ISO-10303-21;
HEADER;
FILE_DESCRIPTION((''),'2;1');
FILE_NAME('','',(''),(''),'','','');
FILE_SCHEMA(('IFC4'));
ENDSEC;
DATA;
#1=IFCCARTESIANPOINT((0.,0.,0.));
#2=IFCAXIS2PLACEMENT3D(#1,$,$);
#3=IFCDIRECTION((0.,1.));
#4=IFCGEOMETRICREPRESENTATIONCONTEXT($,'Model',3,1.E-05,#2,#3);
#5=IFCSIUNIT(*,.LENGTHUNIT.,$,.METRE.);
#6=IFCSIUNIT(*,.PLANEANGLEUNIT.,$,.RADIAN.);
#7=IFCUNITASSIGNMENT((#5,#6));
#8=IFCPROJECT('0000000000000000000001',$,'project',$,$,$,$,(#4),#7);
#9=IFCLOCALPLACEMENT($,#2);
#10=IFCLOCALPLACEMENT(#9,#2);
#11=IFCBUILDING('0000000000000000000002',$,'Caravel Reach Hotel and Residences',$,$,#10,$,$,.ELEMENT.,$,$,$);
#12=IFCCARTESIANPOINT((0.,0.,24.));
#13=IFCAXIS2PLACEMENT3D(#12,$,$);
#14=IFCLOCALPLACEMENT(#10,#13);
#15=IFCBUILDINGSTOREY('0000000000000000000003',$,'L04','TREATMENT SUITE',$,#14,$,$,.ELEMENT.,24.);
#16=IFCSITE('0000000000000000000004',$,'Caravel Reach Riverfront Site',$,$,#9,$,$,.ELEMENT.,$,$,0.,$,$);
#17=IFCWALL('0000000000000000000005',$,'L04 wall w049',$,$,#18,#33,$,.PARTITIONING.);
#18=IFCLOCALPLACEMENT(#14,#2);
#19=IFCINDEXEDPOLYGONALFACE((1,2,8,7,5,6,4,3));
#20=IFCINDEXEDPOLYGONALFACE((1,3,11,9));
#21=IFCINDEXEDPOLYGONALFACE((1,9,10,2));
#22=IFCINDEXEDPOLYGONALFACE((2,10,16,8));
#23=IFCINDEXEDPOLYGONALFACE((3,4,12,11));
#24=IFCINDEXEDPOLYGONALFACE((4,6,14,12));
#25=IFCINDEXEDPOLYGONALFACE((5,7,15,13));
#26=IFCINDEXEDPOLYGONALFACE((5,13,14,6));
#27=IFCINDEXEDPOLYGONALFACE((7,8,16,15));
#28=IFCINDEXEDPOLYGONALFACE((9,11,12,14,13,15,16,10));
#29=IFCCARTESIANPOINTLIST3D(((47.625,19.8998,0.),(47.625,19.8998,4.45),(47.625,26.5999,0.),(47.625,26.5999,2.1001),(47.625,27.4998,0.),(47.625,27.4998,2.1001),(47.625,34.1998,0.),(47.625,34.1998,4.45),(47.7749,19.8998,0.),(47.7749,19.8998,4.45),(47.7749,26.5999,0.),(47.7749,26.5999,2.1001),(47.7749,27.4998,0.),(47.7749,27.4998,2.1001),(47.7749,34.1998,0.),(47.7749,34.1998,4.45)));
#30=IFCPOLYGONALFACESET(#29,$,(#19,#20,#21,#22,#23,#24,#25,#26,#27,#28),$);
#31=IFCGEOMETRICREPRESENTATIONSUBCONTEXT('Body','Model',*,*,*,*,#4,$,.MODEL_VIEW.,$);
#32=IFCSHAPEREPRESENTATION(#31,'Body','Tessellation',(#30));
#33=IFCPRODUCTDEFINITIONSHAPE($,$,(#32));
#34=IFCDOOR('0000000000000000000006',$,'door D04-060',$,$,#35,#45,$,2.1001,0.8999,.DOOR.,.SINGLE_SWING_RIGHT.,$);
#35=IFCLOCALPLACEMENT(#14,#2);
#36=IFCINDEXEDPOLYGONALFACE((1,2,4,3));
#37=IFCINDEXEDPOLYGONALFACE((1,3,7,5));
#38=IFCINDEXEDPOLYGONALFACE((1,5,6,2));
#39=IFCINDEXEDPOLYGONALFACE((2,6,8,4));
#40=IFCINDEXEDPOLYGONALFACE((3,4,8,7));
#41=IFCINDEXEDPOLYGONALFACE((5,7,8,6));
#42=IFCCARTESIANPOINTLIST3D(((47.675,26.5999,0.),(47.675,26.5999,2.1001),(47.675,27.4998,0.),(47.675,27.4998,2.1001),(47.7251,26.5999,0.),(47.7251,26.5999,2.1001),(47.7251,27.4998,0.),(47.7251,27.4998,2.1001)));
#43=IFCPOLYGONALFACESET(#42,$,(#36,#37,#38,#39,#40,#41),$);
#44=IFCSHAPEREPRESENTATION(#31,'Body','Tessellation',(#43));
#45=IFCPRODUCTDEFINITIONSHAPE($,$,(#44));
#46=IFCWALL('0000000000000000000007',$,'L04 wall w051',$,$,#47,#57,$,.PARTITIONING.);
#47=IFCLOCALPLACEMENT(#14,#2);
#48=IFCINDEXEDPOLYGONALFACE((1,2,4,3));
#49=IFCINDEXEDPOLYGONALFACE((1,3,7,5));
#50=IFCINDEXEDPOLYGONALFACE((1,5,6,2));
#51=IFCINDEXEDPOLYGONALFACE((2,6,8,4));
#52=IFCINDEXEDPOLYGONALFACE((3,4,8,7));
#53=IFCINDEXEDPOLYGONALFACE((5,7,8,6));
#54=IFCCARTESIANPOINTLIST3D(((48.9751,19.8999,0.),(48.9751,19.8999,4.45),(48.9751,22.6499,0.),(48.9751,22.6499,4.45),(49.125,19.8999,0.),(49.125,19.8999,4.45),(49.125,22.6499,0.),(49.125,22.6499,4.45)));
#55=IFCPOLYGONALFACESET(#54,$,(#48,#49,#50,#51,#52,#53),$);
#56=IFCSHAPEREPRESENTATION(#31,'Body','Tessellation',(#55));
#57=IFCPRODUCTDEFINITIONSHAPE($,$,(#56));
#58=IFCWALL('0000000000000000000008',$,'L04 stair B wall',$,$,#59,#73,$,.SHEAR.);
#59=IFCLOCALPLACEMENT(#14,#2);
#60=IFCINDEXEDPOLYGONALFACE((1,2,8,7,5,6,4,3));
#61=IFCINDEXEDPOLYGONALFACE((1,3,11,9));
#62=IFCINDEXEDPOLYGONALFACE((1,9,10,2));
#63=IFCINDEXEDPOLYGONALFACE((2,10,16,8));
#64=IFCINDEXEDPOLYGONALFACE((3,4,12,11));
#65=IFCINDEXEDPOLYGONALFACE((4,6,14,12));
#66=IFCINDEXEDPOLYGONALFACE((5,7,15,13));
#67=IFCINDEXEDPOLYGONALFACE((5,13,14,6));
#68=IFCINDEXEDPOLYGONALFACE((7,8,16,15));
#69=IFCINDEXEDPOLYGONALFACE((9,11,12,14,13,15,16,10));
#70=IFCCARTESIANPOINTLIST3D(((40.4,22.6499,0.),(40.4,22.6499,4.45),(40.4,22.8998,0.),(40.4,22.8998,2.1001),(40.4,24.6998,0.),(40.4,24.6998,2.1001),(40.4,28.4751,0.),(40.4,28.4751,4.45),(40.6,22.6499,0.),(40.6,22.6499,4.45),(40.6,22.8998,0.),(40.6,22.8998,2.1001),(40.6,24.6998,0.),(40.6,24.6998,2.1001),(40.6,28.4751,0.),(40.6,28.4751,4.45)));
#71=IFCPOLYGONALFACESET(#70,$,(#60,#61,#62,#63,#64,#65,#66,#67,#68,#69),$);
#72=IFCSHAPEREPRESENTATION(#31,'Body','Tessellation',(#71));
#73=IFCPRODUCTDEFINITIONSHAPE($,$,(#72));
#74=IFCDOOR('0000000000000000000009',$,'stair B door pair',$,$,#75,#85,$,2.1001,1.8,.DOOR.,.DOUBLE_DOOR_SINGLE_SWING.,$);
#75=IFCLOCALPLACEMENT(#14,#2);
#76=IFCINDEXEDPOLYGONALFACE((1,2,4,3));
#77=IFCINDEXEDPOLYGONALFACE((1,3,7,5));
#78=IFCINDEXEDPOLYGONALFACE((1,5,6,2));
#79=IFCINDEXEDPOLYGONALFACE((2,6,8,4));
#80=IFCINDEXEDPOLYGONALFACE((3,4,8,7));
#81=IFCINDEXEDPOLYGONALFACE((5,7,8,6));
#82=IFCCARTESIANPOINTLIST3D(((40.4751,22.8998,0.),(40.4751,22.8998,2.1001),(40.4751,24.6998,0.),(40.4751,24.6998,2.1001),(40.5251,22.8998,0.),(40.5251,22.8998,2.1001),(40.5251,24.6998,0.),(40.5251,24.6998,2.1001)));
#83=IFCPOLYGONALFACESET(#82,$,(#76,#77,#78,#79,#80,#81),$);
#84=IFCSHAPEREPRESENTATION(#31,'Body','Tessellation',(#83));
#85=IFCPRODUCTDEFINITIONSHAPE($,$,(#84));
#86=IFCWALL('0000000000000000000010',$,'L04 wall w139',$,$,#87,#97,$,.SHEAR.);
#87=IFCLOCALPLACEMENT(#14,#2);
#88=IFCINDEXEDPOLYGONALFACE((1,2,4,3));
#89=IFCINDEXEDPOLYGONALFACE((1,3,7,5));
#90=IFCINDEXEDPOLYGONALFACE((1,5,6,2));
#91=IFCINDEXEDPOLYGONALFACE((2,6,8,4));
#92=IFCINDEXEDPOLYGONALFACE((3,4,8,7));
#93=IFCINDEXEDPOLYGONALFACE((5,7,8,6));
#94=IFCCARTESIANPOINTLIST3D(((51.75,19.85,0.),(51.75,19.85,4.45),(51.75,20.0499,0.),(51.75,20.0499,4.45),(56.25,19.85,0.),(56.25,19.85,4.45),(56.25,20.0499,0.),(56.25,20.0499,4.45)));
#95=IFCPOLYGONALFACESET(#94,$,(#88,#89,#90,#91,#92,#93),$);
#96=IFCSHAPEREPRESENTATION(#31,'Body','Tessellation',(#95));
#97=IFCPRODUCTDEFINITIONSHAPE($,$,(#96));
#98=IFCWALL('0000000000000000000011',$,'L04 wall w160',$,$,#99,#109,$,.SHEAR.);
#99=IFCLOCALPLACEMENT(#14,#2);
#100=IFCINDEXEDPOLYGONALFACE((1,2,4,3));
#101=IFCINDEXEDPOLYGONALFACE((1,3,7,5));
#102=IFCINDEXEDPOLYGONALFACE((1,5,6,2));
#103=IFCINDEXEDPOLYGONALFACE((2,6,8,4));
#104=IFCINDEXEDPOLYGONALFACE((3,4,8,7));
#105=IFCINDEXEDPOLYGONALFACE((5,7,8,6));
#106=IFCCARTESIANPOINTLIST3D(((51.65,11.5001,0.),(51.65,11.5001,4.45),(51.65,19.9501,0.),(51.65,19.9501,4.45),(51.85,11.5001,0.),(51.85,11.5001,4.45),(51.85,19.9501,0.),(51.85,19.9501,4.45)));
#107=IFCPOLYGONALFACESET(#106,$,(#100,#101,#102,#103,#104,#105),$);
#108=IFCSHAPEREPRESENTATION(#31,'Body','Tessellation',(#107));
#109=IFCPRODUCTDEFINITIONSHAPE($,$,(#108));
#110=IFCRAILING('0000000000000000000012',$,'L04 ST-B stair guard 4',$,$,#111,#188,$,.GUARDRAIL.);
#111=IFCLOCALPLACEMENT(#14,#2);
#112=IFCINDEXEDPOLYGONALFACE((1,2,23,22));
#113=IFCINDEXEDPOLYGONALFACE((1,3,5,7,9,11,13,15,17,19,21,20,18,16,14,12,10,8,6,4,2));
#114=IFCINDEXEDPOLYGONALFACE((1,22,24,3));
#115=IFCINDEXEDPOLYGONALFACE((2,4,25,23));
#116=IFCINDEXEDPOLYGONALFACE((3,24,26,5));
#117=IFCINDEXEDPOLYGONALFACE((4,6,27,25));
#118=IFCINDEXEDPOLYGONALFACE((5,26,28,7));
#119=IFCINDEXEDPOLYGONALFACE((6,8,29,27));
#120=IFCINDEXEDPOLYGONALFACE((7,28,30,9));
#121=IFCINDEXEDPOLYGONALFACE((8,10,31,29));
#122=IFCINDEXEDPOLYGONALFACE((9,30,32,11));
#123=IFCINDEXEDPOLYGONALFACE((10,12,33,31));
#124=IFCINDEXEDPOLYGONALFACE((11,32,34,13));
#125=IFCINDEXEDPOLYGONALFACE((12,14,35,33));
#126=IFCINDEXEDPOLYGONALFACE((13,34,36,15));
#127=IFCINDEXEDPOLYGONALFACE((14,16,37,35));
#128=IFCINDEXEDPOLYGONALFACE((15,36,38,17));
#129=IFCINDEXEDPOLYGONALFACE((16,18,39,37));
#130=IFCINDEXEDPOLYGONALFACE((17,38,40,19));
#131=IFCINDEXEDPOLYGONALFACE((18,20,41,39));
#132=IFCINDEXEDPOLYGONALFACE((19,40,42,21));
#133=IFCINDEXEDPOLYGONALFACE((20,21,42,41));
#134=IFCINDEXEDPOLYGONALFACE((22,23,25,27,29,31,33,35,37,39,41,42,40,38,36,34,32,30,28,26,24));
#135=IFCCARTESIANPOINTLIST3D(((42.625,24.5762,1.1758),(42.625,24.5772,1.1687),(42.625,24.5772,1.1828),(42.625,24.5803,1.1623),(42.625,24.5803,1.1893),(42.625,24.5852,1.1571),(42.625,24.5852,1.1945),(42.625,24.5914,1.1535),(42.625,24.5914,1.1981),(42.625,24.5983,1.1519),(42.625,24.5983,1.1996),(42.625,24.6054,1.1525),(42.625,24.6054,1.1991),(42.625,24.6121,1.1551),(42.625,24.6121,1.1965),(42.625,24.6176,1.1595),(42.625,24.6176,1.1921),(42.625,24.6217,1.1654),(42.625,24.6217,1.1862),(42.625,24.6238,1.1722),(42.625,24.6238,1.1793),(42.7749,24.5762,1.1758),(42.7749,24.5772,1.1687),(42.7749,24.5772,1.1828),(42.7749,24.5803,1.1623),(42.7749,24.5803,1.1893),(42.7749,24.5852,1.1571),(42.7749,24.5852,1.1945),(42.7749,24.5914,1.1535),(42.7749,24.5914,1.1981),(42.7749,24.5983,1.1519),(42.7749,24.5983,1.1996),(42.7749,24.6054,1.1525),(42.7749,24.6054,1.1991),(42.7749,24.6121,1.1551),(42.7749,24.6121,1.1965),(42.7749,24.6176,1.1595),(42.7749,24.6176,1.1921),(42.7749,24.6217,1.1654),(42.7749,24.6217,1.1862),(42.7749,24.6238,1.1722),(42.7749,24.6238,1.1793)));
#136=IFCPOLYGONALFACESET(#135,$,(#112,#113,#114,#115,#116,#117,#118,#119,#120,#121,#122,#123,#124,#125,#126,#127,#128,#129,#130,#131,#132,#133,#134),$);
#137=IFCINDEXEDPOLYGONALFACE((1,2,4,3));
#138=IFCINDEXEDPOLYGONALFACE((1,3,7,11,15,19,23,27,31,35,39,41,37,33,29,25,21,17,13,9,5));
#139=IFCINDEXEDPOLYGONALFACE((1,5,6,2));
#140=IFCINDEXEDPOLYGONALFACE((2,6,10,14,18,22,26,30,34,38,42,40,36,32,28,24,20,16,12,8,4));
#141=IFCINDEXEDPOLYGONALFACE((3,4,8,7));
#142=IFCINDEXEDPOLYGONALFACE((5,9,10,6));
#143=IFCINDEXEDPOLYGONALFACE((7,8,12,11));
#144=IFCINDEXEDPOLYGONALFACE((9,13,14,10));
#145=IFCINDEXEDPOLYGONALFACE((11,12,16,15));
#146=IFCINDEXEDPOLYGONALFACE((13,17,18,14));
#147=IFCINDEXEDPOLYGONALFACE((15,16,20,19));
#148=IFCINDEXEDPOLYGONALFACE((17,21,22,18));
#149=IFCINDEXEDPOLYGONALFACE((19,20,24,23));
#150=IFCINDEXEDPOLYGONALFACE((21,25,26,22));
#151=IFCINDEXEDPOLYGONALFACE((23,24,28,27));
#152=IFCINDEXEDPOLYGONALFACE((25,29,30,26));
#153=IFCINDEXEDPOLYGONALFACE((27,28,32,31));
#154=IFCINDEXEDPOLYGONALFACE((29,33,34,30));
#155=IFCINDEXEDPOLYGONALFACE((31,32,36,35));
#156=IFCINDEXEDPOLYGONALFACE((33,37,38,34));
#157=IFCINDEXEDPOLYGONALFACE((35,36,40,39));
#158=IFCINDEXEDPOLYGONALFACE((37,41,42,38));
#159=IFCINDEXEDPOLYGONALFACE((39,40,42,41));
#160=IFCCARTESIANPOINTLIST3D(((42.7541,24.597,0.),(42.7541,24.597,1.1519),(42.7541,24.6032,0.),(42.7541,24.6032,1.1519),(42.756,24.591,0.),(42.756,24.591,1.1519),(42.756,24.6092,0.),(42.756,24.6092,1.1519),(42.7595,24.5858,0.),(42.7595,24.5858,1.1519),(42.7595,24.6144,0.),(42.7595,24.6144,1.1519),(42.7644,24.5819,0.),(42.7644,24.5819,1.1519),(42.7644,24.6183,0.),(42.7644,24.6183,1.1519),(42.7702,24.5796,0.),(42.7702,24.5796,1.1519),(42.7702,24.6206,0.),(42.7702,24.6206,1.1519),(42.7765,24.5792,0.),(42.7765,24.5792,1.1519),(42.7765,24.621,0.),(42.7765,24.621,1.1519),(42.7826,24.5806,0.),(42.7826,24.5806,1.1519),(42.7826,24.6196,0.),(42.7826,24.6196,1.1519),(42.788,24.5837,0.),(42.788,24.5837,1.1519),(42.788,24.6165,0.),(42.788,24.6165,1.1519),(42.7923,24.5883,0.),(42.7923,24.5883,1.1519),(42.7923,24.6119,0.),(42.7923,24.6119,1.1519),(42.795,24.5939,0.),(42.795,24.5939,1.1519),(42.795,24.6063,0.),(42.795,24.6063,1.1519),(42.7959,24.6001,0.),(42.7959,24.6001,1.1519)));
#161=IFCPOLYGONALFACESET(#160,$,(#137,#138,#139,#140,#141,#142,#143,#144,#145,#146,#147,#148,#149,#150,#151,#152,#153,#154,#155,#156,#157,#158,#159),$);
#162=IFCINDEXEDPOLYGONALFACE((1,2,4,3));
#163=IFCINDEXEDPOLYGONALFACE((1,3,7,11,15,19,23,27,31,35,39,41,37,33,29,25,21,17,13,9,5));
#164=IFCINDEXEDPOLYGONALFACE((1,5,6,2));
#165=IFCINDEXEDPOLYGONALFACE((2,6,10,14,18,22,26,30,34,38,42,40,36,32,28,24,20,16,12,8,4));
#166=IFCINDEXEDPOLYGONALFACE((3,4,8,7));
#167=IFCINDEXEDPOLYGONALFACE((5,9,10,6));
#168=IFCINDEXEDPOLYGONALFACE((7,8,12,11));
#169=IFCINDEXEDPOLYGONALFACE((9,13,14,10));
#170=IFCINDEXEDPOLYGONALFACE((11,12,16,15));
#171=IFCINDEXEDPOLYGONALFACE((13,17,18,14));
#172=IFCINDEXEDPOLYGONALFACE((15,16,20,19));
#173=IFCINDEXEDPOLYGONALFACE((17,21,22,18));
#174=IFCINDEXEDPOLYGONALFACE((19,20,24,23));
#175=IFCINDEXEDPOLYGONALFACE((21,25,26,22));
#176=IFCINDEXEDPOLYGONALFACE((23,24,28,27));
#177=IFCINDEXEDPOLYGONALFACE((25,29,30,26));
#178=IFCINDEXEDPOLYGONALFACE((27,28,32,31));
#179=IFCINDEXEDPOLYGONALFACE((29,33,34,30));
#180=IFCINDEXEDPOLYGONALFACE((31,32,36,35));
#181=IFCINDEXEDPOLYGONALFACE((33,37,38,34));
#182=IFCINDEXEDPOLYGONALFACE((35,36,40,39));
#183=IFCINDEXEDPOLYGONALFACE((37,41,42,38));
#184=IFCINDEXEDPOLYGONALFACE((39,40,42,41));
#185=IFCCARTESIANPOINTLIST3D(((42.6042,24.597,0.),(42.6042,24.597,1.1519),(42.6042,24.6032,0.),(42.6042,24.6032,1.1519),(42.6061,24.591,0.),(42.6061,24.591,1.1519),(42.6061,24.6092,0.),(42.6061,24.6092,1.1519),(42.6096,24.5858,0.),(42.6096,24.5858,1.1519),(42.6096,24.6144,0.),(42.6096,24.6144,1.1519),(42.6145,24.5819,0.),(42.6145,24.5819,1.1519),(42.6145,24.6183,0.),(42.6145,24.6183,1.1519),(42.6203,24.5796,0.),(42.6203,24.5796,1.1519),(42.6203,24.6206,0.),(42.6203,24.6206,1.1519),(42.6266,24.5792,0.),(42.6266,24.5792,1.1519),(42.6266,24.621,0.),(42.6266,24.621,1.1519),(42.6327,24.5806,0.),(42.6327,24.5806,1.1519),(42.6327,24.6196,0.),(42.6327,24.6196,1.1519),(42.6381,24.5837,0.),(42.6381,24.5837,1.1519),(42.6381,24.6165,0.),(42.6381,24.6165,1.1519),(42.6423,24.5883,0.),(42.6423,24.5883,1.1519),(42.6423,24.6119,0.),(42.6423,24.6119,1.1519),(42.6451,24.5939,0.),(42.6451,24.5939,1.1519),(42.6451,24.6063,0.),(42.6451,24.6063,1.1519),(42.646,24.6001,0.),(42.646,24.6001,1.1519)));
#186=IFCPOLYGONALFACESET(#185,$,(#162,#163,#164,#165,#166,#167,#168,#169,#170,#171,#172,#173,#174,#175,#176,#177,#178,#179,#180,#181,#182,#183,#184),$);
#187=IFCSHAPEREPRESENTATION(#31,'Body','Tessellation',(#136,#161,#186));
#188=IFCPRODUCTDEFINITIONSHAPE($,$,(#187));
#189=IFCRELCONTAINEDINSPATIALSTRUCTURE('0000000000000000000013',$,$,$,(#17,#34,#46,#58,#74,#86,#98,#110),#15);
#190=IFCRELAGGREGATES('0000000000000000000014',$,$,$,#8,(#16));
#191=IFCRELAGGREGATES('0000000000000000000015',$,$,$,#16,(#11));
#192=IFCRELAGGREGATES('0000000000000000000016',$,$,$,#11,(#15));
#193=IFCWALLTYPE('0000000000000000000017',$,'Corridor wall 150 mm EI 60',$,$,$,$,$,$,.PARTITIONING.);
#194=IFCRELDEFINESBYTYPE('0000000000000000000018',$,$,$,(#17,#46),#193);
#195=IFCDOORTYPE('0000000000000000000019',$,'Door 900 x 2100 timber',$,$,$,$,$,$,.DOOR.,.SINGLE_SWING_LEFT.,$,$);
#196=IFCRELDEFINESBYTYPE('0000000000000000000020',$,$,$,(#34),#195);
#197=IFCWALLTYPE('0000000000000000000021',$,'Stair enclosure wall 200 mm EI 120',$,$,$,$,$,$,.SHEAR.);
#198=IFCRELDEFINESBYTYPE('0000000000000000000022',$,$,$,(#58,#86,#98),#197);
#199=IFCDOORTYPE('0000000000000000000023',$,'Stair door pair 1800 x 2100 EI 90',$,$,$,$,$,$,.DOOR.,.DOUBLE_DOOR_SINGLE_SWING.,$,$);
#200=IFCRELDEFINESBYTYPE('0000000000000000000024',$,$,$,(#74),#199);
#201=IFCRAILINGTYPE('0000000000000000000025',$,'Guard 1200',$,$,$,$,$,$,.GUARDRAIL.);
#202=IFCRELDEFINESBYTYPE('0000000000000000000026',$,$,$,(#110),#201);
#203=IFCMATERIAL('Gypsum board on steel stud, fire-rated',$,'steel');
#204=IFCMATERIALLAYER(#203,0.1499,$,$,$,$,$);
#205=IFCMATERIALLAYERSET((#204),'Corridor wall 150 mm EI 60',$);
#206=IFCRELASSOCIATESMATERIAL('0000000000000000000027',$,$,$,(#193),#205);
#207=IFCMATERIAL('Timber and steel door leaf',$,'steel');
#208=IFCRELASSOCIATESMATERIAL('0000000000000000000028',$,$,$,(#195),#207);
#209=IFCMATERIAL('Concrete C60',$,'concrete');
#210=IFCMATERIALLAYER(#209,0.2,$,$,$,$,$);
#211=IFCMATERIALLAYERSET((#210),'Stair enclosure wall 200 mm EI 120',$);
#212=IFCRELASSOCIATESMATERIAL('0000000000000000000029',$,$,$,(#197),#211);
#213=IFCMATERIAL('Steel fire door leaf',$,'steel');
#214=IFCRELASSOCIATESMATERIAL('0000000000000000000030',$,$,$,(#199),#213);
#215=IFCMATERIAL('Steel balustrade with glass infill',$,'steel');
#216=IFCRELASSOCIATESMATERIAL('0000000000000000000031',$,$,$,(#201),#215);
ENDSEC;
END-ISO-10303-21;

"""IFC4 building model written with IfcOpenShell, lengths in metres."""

from ifc_helpers import new_model, si_unit, direction, frame, frame_2d, origin, origin_2d, place, context, subcontext, project, spatial, rectangle, circle, extrude, material, layer, layer_set, type_object, element, fill, save


model = new_model("IFC4")

# Units and contexts
model_context = context("Model", 3, precision=1e-05, world=origin(), true_north=direction((0.0, 1.0)))
body_context = subcontext(model_context, "Body", "Model", "MODEL_VIEW")
ifc_project = project(units=[si_unit("LENGTHUNIT", "METRE"), si_unit("PLANEANGLEUNIT", "RADIAN")], contexts=[model_context])

# Site, building, storey
site_placement = place(None, origin())
site = spatial("IfcSite", under=ifc_project, at=site_placement, Name="Caravel Reach Riverfront Site", CompositionType="ELEMENT", RefElevation=0.0)
building_placement = place(site_placement, origin())
building = spatial("IfcBuilding", under=site, at=building_placement, Name="Caravel Reach Hotel and Residences", CompositionType="ELEMENT")
storey_placement = place(building_placement, frame((0.0, 0.0, 24.0)))
storey = spatial("IfcBuildingStorey", under=building, at=storey_placement, Name="L04", Description="TREATMENT SUITE", CompositionType="ELEMENT", Elevation=24.0)

# Shared definitions
ifc_material_1 = material(Name="Gypsum board on steel stud, fire-rated", Category="steel")
ifc_layer_1 = layer(ifc_material_1, 0.1499)
ifc_layer_set_1 = layer_set([ifc_layer_1], Name="Corridor wall 150 mm EI 60")
wall_type_1 = type_object("IfcWallType", Name="Corridor wall 150 mm EI 60", PredefinedType="PARTITIONING", material=ifc_layer_set_1)

# Wall, opening, door
ifc_material_2 = material(Name="Timber and steel door leaf", Category="steel")
door_type_1 = type_object("IfcDoorType", Name="Door 900 x 2100 timber", OperationType="SINGLE_SWING_LEFT", PredefinedType="DOOR", material=ifc_material_2)
wall_1_placement = place(storey_placement, frame((47.7, 19.8999, 0.0), z_axis=(0.0, 0.0, 1.0), x_axis=(0.0, 1.0, 0.0)))
wall_1 = element("IfcWall", 1, at=wall_1_placement, inside=storey, type_object=wall_type_1, Name="L04 wall w049", PredefinedType="PARTITIONING", context=body_context, shape_type="SweptSolid", body=[
    extrude(rectangle(XDim=14.3, YDim=0.1499, at=frame_2d((7.1499, 0.0))), origin(), (0.0, 0.0, 1.0), 4.45),
])
opening_1_placement = place(wall_1_placement, frame((6.7, 0.0, 0.0)))
opening_1 = element("IfcOpeningElement", 2, at=opening_1_placement, cuts=wall_1, PredefinedType="OPENING", context=body_context, shape_type="SweptSolid", body=[
    extrude(rectangle(XDim=0.8999, YDim=2.1001, at=frame_2d((0.45, 1.05))), frame((0.0, 0.085, 0.0), z_axis=(0.0, -1.0, 0.0), x_axis=(1.0, 0.0, 0.0)), (0.0, 0.0, 1.0), 0.1699),
])
door_1_placement = place(opening_1_placement, origin())
door_1 = element("IfcDoor", 3, at=door_1_placement, inside=storey, type_object=door_type_1, Name="door D04-060", OperationType="SINGLE_SWING_RIGHT", OverallHeight=2.1001, OverallWidth=0.8999, PredefinedType="DOOR", context=body_context, shape_type="SweptSolid", body=[
    extrude(rectangle(XDim=0.8999, YDim=2.1001, at=frame_2d((0.45, 1.05))), frame((0.0, 0.0249, 0.0), z_axis=(0.0, -1.0, 0.0), x_axis=(1.0, 0.0, 0.0)), (0.0, 0.0, 1.0), 0.05),
])
fill(opening_1, door_1)

# Wall
wall_2_placement = place(storey_placement, frame((49.05, 19.8999, 0.0), z_axis=(0.0, 0.0, 1.0), x_axis=(0.0, 1.0, 0.0)))
element("IfcWall", 4, at=wall_2_placement, inside=storey, type_object=wall_type_1, Name="L04 wall w051", PredefinedType="PARTITIONING", context=body_context, shape_type="SweptSolid", body=[
    extrude(rectangle(XDim=2.75, YDim=0.1499, at=frame_2d((1.375, 0.0))), origin(), (0.0, 0.0, 1.0), 4.45),
])

# Wall, opening, door
ifc_material_3 = material(Name="Concrete C60", Category="concrete")
ifc_layer_2 = layer(ifc_material_3, 0.2)
ifc_layer_set_2 = layer_set([ifc_layer_2], Name="Stair enclosure wall 200 mm EI 120")
wall_type_2 = type_object("IfcWallType", Name="Stair enclosure wall 200 mm EI 120", PredefinedType="SHEAR", material=ifc_layer_set_2)
wall_3_placement = place(storey_placement, frame((40.5, 22.6499, 0.0), z_axis=(0.0, 0.0, 1.0), x_axis=(0.0, 1.0, 0.0)))
wall_3 = element("IfcWall", 5, at=wall_3_placement, inside=storey, type_object=wall_type_2, Name="L04 stair B wall", PredefinedType="SHEAR", context=body_context, shape_type="SweptSolid", body=[
    extrude(rectangle(XDim=5.8252, YDim=0.2, at=frame_2d((2.9126, 0.0))), origin(), (0.0, 0.0, 1.0), 4.45),
])
opening_2_placement = place(wall_3_placement, frame((0.25, 0.0, 0.0)))
opening_2 = element("IfcOpeningElement", 6, at=opening_2_placement, cuts=wall_3, PredefinedType="OPENING", context=body_context, shape_type="SweptSolid", body=[
    extrude(rectangle(XDim=1.8, YDim=2.1001, at=frame_2d((0.8999, 1.05))), frame((0.0, 0.1099, 0.0), z_axis=(0.0, -1.0, 0.0), x_axis=(1.0, 0.0, 0.0)), (0.0, 0.0, 1.0), 0.22),
])
ifc_material_4 = material(Name="Steel fire door leaf", Category="steel")
door_type_2 = type_object("IfcDoorType", Name="Stair door pair 1800 x 2100 EI 90", OperationType="DOUBLE_DOOR_SINGLE_SWING", PredefinedType="DOOR", material=ifc_material_4)
door_2_placement = place(opening_2_placement, origin())
door_2 = element("IfcDoor", 7, at=door_2_placement, inside=storey, type_object=door_type_2, Name="stair B door pair", OperationType="DOUBLE_DOOR_SINGLE_SWING", OverallHeight=2.1001, OverallWidth=1.8, PredefinedType="DOOR", context=body_context, shape_type="SweptSolid", body=[
    extrude(rectangle(XDim=1.8, YDim=2.1001, at=frame_2d((0.8999, 1.05))), frame((0.0, 0.0249, 0.0), z_axis=(0.0, -1.0, 0.0), x_axis=(1.0, 0.0, 0.0)), (0.0, 0.0, 1.0), 0.05),
])
fill(opening_2, door_2)

# Walls
wall_4_placement = place(storey_placement, frame((51.75, 19.95, 0.0), z_axis=(0.0, 0.0, 1.0), x_axis=(1.0, 0.0, 0.0)))
element("IfcWall", 8, at=wall_4_placement, inside=storey, type_object=wall_type_2, Name="L04 wall w139", PredefinedType="SHEAR", context=body_context, shape_type="SweptSolid", body=[
    extrude(rectangle(XDim=4.5, YDim=0.2, at=frame_2d((2.25, 0.0))), origin(), (0.0, 0.0, 1.0), 4.45),
])
wall_5_placement = place(storey_placement, frame((51.75, 11.5, 0.0), z_axis=(0.0, 0.0, 1.0), x_axis=(0.0, 1.0, 0.0)))
element("IfcWall", 9, at=wall_5_placement, inside=storey, type_object=wall_type_2, Name="L04 wall w160", PredefinedType="SHEAR", context=body_context, shape_type="SweptSolid", body=[
    extrude(rectangle(XDim=8.45, YDim=0.2, at=frame_2d((4.2251, 0.0))), origin(), (0.0, 0.0, 1.0), 4.45),
])

# Railing
ifc_material_5 = material(Name="Steel balustrade with glass infill", Category="steel")
railing_type_1 = type_object("IfcRailingType", Name="Guard 1200", PredefinedType="GUARDRAIL", material=ifc_material_5)
railing_1_placement = place(storey_placement, frame((42.7749, 24.6001, 0.0)))
element("IfcRailing", 10, at=railing_1_placement, inside=storey, type_object=railing_type_1, Name="L04 ST-B stair guard 4", PredefinedType="GUARDRAIL", context=body_context, shape_type="SweptSolid", body=[
    extrude(circle(Radius=0.0239, at=origin_2d()), frame((0.0, 0.0, 1.1758), z_axis=(-1.0, 0.0, 0.0), x_axis=(0.0, -1.0, 0.0)), (0.0, 0.0, 1.0), 0.1499),
    extrude(circle(Radius=0.021, at=origin_2d()), origin(), (0.0, 0.0, 1.0), 1.1519),
    extrude(circle(Radius=0.021, at=origin_2d()), frame((-0.1499, 0.0, 0.0)), (0.0, 0.0, 1.0), 1.1519),
])

save(model, "model.ifc")
